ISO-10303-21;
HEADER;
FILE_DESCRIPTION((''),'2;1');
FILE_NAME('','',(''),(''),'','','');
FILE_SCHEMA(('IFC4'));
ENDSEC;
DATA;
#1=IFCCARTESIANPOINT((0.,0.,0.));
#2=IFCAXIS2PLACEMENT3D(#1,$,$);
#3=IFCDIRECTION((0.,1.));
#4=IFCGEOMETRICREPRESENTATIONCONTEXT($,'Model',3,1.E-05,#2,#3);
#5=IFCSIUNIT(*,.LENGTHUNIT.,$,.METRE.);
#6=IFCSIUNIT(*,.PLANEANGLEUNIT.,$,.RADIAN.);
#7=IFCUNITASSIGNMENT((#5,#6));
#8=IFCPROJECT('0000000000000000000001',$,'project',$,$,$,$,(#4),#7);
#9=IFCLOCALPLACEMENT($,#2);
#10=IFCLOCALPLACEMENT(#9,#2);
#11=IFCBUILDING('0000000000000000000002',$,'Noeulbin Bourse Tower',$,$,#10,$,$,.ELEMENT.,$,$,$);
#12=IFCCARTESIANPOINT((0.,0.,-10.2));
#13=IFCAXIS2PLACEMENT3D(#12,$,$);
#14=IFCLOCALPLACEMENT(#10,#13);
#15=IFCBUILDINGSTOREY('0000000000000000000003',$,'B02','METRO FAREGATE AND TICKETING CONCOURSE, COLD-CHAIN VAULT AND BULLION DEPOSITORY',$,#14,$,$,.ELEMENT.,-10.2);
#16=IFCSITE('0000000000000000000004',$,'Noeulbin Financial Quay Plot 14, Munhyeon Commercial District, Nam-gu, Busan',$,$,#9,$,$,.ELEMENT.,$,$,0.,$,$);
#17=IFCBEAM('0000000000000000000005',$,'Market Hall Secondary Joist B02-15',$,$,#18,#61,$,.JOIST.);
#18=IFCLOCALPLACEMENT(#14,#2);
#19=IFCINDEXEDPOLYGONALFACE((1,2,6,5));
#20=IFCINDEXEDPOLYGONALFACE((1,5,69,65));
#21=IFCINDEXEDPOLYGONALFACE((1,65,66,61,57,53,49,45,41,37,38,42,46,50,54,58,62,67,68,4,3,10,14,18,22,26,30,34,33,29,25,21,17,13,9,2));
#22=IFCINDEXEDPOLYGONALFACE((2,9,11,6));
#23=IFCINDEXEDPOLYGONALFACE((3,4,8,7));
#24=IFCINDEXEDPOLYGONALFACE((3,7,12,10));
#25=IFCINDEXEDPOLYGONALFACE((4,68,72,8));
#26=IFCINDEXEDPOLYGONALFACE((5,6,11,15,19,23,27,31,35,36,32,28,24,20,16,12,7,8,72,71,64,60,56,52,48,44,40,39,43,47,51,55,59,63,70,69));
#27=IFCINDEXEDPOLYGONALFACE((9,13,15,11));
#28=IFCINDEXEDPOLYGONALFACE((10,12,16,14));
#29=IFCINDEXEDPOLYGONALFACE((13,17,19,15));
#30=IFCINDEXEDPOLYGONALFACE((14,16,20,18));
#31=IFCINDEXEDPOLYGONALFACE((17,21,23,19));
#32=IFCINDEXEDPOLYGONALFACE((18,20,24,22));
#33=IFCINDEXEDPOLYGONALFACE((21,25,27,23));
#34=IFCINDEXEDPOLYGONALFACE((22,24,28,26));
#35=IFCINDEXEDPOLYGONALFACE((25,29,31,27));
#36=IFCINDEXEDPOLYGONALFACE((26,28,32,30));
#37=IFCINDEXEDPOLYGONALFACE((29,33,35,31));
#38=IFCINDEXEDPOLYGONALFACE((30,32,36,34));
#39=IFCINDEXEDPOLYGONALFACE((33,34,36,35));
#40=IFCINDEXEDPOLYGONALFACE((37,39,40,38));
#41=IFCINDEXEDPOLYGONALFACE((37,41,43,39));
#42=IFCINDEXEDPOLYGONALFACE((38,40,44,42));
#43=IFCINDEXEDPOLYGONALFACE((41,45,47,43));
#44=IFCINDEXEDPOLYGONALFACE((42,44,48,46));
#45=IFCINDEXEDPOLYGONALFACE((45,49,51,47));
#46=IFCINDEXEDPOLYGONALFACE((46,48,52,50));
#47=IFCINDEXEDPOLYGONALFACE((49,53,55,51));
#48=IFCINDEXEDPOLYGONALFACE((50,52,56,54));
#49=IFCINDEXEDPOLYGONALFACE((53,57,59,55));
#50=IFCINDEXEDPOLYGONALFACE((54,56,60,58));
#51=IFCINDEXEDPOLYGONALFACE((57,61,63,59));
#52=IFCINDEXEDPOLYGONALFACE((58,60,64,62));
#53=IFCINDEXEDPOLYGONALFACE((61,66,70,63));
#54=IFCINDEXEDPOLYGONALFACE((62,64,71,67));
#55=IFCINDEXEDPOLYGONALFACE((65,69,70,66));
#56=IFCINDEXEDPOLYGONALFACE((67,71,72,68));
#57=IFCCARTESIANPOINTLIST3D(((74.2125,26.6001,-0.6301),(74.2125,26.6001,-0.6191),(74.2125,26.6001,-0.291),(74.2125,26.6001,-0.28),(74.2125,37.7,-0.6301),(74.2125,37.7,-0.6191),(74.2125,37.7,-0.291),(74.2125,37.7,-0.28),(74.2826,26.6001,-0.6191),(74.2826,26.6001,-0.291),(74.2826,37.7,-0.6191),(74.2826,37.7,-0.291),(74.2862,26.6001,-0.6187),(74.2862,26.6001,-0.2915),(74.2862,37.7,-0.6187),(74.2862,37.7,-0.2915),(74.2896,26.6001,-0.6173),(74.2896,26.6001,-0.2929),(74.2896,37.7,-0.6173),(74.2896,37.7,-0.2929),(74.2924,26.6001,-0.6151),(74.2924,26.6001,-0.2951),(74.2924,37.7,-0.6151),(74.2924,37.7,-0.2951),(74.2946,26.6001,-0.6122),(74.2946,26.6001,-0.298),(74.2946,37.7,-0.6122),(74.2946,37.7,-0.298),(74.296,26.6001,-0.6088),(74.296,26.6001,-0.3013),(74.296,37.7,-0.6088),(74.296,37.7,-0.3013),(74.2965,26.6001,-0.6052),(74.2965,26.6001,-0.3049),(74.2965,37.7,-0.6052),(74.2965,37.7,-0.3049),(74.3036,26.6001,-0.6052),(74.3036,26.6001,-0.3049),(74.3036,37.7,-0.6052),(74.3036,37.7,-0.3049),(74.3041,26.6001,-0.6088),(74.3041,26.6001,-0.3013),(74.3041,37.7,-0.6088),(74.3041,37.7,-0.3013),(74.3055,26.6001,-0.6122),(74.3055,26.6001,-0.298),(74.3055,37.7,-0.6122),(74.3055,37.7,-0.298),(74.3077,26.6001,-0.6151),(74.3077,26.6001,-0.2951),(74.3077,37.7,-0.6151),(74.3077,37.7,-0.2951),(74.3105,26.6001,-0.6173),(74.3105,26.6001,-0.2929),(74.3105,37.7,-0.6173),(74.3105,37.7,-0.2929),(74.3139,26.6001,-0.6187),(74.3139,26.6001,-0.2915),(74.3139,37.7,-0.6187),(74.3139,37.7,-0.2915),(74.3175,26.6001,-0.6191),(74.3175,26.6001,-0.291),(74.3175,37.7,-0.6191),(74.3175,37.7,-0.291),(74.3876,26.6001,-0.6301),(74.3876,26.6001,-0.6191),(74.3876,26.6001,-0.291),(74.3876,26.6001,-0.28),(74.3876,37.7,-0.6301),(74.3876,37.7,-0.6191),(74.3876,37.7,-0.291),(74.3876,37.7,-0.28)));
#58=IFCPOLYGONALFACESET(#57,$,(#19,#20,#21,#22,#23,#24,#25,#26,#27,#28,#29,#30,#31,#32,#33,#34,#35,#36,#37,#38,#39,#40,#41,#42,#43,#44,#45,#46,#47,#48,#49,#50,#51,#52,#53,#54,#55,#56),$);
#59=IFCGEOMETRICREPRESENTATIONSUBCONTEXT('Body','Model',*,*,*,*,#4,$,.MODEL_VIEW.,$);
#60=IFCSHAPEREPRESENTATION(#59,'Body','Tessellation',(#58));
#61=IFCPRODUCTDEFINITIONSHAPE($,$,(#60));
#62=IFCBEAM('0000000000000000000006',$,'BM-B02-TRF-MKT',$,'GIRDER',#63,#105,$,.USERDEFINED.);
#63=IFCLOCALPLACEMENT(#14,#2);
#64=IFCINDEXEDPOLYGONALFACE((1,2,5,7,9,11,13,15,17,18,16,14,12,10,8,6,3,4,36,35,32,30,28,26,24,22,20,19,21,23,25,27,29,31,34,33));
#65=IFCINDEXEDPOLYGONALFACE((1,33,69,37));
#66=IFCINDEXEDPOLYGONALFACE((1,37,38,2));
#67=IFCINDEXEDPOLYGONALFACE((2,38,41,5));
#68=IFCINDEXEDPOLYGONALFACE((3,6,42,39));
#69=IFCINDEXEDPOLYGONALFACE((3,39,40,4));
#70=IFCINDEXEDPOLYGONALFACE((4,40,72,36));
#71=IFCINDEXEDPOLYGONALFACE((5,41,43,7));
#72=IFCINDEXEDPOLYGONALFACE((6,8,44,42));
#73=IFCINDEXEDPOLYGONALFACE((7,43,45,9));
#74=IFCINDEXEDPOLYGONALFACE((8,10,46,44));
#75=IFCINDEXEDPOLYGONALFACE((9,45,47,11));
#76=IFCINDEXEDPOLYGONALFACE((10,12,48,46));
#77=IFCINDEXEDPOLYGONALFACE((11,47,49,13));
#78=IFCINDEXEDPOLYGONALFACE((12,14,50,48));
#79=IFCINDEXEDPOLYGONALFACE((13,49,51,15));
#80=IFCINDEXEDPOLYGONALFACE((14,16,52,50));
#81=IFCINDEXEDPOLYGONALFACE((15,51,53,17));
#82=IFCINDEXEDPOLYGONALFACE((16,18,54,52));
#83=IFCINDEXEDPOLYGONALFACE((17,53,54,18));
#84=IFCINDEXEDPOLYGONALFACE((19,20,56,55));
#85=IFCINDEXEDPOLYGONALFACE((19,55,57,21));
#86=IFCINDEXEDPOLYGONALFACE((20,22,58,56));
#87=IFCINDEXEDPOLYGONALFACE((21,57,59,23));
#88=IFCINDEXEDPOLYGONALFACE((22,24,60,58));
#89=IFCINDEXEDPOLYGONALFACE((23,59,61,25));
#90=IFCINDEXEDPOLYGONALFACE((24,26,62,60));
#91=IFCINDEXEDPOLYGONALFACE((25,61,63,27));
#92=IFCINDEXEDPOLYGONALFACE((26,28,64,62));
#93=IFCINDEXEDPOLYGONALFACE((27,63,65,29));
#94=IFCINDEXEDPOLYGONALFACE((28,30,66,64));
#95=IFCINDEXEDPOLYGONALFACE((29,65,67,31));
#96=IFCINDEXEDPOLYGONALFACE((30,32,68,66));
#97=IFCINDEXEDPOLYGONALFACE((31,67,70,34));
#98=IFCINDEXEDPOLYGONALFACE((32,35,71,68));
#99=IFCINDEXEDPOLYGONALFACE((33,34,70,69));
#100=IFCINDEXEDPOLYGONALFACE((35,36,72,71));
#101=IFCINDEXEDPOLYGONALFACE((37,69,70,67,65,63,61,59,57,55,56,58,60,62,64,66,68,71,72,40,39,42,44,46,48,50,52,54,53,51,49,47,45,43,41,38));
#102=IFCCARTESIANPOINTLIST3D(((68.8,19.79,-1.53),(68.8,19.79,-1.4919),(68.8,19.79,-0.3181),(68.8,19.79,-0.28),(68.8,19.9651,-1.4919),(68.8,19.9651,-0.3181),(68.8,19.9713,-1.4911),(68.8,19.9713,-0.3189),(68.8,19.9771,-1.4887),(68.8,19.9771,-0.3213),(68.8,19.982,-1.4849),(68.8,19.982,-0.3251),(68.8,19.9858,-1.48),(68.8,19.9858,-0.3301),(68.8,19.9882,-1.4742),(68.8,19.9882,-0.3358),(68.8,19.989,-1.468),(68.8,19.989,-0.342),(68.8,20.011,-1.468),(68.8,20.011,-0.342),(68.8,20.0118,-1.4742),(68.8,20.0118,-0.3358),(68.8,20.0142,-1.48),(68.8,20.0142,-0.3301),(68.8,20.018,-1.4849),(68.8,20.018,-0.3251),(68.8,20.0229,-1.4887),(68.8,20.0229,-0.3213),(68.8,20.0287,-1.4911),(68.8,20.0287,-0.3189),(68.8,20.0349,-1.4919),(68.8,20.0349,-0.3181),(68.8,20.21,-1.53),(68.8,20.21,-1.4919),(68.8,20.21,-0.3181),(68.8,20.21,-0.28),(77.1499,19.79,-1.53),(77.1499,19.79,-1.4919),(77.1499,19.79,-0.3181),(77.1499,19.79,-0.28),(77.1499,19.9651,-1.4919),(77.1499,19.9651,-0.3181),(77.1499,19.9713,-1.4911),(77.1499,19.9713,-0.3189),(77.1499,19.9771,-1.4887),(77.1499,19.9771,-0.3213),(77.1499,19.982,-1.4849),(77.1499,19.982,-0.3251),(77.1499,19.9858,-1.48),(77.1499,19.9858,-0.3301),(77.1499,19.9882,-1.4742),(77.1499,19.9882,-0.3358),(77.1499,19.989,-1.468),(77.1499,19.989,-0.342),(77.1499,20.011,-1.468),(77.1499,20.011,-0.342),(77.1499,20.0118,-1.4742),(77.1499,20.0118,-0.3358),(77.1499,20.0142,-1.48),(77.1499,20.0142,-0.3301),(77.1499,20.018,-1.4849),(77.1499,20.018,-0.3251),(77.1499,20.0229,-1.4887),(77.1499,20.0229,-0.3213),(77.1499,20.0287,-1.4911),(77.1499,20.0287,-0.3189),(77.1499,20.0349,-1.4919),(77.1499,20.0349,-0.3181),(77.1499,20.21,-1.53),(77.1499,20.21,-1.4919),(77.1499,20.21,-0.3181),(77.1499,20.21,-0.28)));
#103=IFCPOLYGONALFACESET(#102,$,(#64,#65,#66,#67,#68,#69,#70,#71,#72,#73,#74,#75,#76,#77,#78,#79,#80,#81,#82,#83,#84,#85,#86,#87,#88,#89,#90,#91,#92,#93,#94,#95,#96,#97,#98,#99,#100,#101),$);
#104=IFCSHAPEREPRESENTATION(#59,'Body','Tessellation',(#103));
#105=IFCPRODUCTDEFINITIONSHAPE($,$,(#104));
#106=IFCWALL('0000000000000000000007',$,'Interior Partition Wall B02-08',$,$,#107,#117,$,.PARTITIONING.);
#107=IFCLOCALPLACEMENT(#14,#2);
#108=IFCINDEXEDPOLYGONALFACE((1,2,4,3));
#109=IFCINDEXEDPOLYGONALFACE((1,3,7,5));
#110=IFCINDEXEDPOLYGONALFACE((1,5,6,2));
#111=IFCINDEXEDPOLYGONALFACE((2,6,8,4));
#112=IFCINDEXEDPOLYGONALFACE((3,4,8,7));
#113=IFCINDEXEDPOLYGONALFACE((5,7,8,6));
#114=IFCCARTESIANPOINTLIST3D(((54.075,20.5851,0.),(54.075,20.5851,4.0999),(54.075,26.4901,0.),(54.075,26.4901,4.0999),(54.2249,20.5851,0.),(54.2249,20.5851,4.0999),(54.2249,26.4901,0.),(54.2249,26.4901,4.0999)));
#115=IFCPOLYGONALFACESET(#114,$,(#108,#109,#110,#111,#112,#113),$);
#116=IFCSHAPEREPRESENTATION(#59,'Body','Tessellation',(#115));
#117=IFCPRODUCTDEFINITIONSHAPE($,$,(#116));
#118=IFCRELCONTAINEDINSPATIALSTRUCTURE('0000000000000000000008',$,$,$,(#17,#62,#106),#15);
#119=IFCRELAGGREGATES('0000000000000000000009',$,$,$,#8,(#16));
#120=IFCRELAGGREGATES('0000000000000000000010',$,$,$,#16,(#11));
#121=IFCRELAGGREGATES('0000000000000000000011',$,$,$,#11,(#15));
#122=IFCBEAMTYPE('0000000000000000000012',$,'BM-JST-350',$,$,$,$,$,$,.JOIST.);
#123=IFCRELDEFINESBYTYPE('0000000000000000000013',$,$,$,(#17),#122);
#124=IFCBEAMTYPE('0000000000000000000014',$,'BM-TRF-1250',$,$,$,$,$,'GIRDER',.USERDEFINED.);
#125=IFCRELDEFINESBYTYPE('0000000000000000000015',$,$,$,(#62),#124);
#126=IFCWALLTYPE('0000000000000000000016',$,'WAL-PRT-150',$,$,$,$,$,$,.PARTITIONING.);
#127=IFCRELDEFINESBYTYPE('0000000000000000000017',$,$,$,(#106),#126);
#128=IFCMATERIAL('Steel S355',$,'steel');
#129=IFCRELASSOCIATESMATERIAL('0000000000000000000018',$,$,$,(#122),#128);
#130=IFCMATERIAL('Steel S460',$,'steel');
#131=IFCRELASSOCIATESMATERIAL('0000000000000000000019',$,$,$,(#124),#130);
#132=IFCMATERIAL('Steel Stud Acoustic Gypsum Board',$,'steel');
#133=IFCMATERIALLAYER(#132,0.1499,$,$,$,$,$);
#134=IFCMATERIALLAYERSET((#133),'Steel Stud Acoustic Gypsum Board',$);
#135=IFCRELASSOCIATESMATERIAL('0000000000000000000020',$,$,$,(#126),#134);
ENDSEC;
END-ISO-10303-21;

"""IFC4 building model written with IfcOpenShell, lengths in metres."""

from ifc_helpers import new_model, si_unit, direction, frame, frame_2d, origin, origin_2d, place, context, subcontext, project, spatial, rectangle, i_section, extrude, material, layer, layer_set, material_profile, profile_set, type_object, element, save


model = new_model("IFC4")

# Units and contexts
model_context = context("Model", 3, precision=1e-05, world=origin(), true_north=direction((0.0, 1.0)))
body_context = subcontext(model_context, "Body", "Model", "MODEL_VIEW")
ifc_project = project(units=[si_unit("LENGTHUNIT", "METRE"), si_unit("PLANEANGLEUNIT", "RADIAN")], contexts=[model_context])

# Site, building, storey
site_placement = place(None, origin())
site = spatial("IfcSite", under=ifc_project, at=site_placement, Name="Noeulbin Financial Quay Plot 14, Munhyeon Commercial District, Nam-gu, Busan", CompositionType="ELEMENT", RefElevation=0.0)
building_placement = place(site_placement, origin())
building = spatial("IfcBuilding", under=site, at=building_placement, Name="Noeulbin Bourse Tower", CompositionType="ELEMENT")
storey_placement = place(building_placement, frame((0.0, 0.0, -10.2)))
storey = spatial("IfcBuildingStorey", under=building, at=storey_placement, Name="B02", Description="METRO FAREGATE AND TICKETING CONCOURSE, COLD-CHAIN VAULT AND BULLION DEPOSITORY", CompositionType="ELEMENT", Elevation=-10.2)

# Beams
ifc_material_1 = material(Name="Steel S355", Category="steel")
ifc_material_profile_1 = material_profile(ifc_material_1, i_section(OverallWidth=0.175, OverallDepth=0.3501, WebThickness=0.0071, FlangeThickness=0.011, FilletRadius=0.0139, at=origin_2d()), Name="H-350x175x7x11", Category="LoadBearing")
ifc_profile_set_1 = profile_set([ifc_material_profile_1], Name="Steel S355")
beam_type_1 = type_object("IfcBeamType", Name="BM-JST-350", PredefinedType="JOIST", material=ifc_profile_set_1)
beam_1_placement = place(storey_placement, frame((74.3, 26.6001, -0.4551), z_axis=(0.0, 1.0, 0.0), x_axis=(-1.0, 0.0, 0.0)))
element("IfcBeam", 1, at=beam_1_placement, inside=storey, type_object=beam_type_1, Name="Market Hall Secondary Joist B02-15", PredefinedType="JOIST", context=body_context, shape_type="SweptSolid", body=[
    extrude(i_section(OverallWidth=0.175, OverallDepth=0.3501, WebThickness=0.0071, FlangeThickness=0.011, FilletRadius=0.0139, at=origin_2d()), origin(), (0.0, 0.0, 1.0), 11.0999),
])
ifc_material_2 = material(Name="Steel S460", Category="steel")
ifc_material_profile_2 = material_profile(ifc_material_2, i_section(OverallWidth=0.4199, OverallDepth=1.25, WebThickness=0.022, FlangeThickness=0.0381, FilletRadius=0.0239, at=origin_2d()), Name="PG-1250x420x22x38", Category="LoadBearing")
ifc_profile_set_2 = profile_set([ifc_material_profile_2], Name="Steel S460")
beam_type_2 = type_object("IfcBeamType", Name="BM-TRF-1250", ElementType="GIRDER", PredefinedType="USERDEFINED", material=ifc_profile_set_2)
beam_2_placement = place(storey_placement, frame((68.8, 20.0, -0.905), z_axis=(1.0, 0.0, 0.0), x_axis=(0.0, 1.0, 0.0)))
element("IfcBeam", 2, at=beam_2_placement, inside=storey, type_object=beam_type_2, Name="BM-B02-TRF-MKT", ObjectType="GIRDER", PredefinedType="USERDEFINED", context=body_context, shape_type="SweptSolid", body=[
    extrude(i_section(OverallWidth=0.4199, OverallDepth=1.25, WebThickness=0.022, FlangeThickness=0.0381, FilletRadius=0.0239, at=origin_2d()), origin(), (0.0, 0.0, 1.0), 8.3499),
])

# Wall
ifc_material_3 = material(Name="Steel Stud Acoustic Gypsum Board", Category="steel")
ifc_layer = layer(ifc_material_3, 0.1499)
ifc_layer_set = layer_set([ifc_layer], Name="Steel Stud Acoustic Gypsum Board")
wall_type = type_object("IfcWallType", Name="WAL-PRT-150", PredefinedType="PARTITIONING", material=ifc_layer_set)
wall_placement = place(storey_placement, frame((54.1499, 20.585, 0.0), z_axis=(0.0, 0.0, 1.0), x_axis=(0.0, 1.0, 0.0)))
element("IfcWall", 3, at=wall_placement, inside=storey, type_object=wall_type, Name="Interior Partition Wall B02-08", PredefinedType="PARTITIONING", context=body_context, shape_type="SweptSolid", body=[
    extrude(rectangle(XDim=5.905, YDim=0.1499, at=frame_2d((2.9526, 0.0))), origin(), (0.0, 0.0, 1.0), 4.0999),
])

save(model, "model.ifc")
